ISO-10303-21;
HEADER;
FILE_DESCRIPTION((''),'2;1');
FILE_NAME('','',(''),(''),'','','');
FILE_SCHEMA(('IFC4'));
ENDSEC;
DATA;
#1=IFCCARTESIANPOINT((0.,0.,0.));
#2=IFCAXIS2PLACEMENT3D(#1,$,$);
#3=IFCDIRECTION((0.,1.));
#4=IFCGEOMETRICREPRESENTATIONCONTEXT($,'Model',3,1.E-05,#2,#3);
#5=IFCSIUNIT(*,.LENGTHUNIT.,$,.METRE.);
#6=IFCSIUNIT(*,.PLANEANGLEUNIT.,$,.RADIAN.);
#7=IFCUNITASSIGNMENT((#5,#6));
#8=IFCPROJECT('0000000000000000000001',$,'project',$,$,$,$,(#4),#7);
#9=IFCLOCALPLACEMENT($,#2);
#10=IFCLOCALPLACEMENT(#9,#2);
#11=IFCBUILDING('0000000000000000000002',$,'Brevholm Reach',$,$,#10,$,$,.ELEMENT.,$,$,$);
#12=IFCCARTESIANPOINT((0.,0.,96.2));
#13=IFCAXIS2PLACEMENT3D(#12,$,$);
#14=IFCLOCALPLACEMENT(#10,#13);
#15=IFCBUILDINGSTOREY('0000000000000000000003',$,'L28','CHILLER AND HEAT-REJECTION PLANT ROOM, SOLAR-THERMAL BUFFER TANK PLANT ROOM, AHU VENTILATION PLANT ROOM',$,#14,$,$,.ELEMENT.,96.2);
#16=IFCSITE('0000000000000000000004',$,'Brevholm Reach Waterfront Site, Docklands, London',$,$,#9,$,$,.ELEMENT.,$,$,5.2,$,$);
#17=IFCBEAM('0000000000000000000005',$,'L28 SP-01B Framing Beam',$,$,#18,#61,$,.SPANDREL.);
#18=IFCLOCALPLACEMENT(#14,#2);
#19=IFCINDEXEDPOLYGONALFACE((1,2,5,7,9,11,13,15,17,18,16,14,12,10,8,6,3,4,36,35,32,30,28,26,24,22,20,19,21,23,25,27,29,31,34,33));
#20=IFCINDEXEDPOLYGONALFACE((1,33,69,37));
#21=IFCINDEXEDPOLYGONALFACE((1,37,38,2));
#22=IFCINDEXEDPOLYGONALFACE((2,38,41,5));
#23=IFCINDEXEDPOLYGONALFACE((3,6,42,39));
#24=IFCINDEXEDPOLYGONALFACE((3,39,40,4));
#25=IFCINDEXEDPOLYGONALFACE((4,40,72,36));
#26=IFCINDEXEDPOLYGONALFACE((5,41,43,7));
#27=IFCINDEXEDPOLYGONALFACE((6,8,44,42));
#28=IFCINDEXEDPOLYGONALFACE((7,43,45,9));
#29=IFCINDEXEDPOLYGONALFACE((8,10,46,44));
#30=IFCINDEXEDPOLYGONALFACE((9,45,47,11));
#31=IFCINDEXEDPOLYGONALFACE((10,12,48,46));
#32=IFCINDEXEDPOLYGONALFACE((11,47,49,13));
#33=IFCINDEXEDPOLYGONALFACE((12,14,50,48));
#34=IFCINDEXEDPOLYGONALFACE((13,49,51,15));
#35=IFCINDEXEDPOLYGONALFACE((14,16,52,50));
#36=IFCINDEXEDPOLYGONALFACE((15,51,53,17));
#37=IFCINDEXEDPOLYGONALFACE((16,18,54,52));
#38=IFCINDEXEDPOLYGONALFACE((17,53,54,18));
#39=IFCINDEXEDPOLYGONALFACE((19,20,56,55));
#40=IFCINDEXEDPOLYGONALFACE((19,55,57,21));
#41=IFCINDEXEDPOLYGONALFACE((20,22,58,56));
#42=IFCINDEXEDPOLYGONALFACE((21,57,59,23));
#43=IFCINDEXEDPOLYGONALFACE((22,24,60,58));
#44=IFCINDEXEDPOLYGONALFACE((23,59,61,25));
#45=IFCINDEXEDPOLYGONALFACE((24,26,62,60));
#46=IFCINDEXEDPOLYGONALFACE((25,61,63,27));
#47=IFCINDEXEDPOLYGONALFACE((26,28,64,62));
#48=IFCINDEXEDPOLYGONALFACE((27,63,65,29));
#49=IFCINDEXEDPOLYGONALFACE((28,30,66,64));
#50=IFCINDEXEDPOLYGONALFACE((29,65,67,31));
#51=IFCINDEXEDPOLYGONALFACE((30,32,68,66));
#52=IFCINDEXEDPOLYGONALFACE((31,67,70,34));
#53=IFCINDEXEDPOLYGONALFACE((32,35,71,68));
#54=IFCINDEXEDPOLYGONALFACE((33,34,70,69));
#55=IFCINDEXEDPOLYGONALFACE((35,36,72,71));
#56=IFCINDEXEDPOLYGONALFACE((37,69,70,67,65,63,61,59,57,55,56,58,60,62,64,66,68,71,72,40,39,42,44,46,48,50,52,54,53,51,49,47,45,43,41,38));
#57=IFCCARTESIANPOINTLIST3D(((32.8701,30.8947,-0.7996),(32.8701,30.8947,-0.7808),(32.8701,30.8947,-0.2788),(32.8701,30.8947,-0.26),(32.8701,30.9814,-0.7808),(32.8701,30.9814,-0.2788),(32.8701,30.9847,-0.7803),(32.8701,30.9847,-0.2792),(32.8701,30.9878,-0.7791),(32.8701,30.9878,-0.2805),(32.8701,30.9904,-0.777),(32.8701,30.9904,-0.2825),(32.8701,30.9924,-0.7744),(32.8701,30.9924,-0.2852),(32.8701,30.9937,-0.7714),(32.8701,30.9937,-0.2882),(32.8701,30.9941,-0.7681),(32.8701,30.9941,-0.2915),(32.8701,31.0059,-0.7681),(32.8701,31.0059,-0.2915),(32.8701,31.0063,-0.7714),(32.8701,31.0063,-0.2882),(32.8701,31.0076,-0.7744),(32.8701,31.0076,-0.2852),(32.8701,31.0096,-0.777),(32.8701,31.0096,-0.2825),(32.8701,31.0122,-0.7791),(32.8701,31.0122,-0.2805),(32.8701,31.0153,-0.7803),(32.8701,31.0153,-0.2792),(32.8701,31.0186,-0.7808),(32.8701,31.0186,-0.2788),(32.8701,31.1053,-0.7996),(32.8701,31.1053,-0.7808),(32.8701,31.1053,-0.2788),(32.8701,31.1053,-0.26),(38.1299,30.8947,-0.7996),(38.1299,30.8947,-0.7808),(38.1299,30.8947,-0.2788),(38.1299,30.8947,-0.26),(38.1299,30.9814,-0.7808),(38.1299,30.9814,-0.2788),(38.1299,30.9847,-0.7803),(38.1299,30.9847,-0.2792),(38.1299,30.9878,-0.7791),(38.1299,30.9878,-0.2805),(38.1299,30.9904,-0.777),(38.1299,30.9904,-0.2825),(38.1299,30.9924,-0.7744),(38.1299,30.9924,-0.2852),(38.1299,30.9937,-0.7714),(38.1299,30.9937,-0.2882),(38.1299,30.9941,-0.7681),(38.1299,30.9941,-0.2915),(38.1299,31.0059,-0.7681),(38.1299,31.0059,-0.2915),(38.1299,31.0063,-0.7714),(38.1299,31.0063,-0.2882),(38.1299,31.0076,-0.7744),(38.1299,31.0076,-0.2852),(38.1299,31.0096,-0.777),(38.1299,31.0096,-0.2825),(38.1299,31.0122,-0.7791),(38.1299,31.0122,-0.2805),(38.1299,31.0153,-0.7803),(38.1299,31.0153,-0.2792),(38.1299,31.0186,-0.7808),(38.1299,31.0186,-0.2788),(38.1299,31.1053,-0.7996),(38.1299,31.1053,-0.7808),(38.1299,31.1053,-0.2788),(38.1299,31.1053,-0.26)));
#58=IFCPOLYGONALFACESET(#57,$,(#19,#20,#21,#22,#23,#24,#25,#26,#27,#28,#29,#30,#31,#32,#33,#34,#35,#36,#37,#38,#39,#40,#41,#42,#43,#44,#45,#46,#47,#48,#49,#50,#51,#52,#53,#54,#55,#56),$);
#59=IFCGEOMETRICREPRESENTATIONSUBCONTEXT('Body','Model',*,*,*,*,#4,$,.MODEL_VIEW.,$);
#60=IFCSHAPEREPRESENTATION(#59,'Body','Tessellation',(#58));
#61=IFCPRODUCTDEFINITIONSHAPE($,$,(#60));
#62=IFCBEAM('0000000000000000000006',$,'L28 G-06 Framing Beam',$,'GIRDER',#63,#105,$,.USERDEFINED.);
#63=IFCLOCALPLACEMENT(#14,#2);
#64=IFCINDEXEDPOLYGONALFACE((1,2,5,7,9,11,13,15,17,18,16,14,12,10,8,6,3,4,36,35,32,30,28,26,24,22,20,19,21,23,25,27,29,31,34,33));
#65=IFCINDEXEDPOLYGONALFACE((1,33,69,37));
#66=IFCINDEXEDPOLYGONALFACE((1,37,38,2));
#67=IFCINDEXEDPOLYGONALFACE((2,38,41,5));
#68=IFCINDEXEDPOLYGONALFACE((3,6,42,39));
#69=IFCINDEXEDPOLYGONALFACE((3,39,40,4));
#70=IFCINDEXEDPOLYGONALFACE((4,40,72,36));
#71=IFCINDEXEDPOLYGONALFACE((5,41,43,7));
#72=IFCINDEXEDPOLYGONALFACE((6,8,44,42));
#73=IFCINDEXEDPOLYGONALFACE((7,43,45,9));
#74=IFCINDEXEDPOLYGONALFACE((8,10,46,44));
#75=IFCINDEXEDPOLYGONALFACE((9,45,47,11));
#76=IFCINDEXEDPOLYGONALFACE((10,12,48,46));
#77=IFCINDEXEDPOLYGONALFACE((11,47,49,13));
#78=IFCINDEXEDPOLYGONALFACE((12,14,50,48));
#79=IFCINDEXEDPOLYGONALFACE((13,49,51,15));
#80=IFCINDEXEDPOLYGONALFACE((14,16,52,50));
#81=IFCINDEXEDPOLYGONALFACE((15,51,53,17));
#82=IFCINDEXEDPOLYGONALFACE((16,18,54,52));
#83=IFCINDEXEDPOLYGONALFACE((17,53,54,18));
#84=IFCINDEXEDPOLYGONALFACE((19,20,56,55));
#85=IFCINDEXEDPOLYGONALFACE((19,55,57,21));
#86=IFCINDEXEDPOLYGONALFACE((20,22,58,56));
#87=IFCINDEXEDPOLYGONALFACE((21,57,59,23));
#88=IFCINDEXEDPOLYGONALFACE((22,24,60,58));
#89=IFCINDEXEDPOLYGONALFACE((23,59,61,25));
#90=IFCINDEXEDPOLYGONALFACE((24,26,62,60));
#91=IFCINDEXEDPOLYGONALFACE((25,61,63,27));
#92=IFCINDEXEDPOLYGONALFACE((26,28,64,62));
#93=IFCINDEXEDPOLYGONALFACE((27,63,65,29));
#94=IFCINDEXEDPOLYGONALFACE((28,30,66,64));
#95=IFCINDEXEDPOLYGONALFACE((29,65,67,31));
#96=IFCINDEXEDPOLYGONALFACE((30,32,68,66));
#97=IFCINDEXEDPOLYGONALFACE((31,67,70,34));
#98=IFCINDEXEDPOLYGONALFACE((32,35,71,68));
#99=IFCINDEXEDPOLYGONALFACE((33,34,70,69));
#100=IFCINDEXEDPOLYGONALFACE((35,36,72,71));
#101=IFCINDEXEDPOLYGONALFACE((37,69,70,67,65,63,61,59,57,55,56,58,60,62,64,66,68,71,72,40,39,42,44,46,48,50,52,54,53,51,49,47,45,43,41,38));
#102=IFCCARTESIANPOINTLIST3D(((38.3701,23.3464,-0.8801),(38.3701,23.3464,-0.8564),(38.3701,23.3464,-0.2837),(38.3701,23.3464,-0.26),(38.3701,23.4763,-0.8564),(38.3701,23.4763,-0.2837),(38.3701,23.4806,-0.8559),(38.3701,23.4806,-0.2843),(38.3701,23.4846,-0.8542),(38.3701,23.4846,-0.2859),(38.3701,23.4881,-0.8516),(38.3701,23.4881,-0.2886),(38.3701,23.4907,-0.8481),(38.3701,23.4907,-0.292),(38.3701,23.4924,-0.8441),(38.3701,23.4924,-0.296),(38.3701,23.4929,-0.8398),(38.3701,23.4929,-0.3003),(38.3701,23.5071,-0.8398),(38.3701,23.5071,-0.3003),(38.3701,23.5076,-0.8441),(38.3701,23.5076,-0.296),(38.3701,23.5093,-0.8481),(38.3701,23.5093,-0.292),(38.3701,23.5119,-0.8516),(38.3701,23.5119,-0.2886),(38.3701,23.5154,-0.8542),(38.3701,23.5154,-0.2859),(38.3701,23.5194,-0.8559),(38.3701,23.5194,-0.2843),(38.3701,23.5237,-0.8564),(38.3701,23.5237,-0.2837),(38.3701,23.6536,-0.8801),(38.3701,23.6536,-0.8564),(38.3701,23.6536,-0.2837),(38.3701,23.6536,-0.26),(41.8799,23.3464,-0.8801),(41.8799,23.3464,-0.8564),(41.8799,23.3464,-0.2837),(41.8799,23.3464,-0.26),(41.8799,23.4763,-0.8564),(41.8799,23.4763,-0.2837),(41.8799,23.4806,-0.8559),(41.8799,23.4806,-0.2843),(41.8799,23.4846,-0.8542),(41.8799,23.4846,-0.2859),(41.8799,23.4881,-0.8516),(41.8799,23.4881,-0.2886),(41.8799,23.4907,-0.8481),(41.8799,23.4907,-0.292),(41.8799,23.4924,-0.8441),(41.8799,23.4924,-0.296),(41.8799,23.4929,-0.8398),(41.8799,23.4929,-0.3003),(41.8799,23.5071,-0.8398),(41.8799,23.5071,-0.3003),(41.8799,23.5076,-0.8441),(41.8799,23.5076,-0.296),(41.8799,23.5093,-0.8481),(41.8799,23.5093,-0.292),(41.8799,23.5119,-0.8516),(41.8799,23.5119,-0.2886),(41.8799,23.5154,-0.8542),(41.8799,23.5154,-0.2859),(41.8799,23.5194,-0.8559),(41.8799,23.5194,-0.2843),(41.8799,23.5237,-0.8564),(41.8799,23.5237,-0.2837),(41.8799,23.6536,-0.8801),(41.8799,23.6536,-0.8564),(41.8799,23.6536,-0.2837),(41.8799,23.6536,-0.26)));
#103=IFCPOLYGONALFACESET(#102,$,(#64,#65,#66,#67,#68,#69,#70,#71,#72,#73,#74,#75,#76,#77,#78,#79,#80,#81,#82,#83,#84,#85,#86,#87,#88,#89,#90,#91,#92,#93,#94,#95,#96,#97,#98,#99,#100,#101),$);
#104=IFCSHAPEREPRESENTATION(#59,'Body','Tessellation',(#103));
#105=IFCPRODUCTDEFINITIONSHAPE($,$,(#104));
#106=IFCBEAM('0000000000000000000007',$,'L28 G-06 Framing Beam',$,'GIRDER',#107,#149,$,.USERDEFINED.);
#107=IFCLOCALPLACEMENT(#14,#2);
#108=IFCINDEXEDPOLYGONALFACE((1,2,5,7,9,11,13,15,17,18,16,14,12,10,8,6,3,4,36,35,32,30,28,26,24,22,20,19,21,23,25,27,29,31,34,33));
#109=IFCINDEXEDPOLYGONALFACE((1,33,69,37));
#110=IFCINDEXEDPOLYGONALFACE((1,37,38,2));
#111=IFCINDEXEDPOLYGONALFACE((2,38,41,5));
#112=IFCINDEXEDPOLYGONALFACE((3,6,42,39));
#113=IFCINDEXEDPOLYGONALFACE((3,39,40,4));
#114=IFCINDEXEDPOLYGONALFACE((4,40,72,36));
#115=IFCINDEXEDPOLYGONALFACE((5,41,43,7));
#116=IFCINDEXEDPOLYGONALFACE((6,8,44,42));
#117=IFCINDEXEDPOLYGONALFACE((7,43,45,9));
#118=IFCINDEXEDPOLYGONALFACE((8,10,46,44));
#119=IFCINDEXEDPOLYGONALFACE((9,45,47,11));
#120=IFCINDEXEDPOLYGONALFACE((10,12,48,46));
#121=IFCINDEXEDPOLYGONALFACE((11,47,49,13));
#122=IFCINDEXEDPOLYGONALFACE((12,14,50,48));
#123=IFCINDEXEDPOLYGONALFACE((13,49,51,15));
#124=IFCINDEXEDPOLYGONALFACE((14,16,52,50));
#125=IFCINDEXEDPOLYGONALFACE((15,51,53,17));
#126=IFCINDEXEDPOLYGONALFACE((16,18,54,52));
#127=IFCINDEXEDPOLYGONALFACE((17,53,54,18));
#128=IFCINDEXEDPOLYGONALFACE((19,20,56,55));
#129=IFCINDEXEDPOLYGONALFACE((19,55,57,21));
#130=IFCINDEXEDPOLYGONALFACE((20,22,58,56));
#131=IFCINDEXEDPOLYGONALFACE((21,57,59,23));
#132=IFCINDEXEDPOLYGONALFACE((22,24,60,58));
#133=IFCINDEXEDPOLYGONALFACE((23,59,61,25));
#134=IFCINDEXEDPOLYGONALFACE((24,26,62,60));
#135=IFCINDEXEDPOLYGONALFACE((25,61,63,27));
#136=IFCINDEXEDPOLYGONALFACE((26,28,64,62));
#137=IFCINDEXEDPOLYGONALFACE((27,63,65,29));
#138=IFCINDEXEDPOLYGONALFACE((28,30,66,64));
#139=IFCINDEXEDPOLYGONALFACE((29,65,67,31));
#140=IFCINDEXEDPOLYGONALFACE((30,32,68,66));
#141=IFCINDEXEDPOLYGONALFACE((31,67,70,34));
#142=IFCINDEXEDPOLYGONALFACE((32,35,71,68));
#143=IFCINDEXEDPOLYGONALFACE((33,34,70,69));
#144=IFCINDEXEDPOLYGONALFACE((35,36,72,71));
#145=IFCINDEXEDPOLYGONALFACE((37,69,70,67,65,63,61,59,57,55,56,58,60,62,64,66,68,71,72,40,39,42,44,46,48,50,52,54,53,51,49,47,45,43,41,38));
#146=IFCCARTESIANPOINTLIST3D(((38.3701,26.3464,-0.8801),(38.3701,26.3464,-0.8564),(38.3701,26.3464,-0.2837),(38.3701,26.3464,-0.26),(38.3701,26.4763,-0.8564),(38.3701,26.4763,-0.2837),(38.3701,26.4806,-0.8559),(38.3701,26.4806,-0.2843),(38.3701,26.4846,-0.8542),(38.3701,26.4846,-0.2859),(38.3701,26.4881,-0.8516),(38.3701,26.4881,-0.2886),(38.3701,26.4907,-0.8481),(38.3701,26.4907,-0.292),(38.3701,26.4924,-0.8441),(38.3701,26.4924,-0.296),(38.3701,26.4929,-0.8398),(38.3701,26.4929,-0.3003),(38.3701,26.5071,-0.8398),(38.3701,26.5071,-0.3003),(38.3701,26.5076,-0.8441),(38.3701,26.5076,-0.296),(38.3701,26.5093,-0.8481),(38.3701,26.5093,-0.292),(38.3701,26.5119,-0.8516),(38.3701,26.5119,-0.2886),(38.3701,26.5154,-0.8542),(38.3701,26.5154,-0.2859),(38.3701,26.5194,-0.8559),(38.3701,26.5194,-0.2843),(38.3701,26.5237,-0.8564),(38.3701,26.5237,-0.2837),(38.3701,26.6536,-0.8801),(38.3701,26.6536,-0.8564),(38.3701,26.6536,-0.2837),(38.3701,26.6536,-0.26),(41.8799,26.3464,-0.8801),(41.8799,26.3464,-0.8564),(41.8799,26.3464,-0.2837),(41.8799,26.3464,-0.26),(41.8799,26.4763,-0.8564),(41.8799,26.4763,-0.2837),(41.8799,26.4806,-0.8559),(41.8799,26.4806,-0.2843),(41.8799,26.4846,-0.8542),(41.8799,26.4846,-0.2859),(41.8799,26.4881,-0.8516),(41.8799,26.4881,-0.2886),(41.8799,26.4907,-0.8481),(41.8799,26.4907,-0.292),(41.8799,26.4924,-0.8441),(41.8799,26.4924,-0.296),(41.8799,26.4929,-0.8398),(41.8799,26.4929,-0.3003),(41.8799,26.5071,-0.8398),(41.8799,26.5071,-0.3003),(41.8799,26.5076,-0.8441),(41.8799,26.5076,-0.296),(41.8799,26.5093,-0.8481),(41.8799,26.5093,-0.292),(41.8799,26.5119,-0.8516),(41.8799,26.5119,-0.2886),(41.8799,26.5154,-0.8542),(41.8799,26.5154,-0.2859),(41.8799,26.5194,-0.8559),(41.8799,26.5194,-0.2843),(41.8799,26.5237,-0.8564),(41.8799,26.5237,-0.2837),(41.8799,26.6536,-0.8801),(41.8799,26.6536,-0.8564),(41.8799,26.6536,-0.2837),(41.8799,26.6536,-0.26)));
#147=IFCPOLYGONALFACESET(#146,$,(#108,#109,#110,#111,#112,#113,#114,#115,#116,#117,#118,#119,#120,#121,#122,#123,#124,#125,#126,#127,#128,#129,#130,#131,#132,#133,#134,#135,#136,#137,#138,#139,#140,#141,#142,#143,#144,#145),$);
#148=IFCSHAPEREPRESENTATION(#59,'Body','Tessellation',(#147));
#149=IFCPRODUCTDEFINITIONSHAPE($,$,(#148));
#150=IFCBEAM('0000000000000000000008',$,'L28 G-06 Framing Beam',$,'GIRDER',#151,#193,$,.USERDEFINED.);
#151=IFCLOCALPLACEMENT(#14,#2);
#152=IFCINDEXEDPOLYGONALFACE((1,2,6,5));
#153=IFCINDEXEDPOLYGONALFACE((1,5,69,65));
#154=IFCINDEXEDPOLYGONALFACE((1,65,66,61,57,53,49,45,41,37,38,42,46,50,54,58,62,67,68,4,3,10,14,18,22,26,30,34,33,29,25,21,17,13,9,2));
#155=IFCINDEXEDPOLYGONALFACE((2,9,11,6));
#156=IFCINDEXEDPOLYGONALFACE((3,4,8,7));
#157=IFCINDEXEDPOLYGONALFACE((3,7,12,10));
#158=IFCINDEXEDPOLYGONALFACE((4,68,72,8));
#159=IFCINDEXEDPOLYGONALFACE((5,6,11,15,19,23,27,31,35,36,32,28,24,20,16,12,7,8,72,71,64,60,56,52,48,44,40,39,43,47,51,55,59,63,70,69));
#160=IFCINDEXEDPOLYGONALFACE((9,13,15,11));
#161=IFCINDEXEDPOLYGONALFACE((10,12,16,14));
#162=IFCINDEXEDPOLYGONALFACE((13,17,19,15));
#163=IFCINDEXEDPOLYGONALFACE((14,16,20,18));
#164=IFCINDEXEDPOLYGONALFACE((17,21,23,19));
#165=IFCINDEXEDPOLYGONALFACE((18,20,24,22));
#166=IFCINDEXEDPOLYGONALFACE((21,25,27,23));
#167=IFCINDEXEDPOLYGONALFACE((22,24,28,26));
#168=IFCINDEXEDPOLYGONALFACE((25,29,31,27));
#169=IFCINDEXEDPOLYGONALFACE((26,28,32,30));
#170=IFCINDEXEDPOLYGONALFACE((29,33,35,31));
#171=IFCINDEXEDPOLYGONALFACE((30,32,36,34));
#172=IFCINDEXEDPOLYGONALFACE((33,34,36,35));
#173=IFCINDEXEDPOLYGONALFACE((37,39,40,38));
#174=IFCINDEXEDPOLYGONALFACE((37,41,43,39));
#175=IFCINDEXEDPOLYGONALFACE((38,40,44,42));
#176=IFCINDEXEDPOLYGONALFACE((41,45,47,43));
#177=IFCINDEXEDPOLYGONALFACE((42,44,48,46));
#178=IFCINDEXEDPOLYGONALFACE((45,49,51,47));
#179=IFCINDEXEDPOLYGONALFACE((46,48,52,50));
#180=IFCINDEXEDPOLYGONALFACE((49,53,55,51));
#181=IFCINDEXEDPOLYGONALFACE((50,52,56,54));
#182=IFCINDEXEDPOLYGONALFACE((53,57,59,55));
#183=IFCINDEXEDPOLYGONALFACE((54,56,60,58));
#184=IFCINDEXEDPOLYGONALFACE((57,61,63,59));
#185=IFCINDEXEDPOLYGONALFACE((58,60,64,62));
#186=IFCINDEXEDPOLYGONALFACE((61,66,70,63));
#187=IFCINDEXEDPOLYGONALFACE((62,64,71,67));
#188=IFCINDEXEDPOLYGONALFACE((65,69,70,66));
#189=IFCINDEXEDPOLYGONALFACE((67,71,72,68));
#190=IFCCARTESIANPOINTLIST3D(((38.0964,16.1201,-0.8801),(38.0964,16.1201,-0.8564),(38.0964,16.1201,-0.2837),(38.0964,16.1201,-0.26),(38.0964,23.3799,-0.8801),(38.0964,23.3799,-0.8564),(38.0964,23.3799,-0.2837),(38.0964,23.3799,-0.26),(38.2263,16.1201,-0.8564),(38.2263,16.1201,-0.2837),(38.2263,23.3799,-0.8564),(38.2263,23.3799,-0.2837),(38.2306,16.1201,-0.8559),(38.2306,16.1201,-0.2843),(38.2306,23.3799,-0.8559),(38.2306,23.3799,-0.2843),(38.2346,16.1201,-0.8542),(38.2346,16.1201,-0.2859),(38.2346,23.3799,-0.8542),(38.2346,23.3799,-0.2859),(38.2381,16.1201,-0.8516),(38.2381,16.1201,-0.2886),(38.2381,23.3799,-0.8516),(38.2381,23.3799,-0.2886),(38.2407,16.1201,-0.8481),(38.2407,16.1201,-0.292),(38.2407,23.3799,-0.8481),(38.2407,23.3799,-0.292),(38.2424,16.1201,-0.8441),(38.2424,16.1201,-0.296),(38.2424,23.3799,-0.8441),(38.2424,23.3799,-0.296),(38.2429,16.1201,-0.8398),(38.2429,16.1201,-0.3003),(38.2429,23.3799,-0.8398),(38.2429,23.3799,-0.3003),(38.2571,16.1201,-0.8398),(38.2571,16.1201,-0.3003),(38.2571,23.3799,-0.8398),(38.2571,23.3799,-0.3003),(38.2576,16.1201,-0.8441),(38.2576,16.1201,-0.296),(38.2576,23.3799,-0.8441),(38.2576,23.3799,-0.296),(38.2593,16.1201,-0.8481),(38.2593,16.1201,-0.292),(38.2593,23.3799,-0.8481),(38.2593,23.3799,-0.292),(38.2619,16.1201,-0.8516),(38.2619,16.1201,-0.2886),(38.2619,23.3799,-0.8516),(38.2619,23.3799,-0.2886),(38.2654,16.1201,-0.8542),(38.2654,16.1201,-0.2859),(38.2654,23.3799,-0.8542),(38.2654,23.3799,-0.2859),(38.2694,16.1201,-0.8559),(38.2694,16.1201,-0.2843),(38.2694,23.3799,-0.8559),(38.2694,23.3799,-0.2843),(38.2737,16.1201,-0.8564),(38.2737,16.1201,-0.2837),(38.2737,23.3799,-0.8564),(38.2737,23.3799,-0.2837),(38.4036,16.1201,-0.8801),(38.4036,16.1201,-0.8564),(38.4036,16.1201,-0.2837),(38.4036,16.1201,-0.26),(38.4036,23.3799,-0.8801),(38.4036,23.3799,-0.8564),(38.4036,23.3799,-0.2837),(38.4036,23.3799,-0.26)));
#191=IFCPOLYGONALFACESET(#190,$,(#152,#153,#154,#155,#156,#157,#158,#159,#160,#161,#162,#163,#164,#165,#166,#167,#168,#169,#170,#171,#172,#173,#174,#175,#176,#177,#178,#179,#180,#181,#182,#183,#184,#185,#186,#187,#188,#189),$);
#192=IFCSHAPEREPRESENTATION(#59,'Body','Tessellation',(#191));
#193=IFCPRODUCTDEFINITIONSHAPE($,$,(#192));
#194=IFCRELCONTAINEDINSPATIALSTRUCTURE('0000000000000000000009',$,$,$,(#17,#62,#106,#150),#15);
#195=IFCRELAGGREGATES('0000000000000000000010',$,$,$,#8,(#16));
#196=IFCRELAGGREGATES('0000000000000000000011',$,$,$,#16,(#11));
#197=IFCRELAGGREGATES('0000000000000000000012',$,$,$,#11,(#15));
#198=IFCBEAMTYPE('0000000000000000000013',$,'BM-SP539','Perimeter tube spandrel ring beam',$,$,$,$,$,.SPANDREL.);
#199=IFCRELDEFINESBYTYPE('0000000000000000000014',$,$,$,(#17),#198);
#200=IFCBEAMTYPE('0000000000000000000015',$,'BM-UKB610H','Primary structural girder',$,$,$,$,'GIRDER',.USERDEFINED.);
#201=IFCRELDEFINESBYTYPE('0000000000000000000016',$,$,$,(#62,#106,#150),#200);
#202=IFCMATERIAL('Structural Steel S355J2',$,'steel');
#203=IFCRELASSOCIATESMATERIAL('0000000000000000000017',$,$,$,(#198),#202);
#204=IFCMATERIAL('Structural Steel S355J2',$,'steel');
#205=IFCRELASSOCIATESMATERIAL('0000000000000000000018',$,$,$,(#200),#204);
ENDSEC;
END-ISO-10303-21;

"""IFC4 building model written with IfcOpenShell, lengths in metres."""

from ifc_helpers import new_model, si_unit, direction, frame, origin, origin_2d, place, context, subcontext, project, spatial, i_section, extrude, material, material_profile, profile_set, type_object, element, save


model = new_model("IFC4")

# Units and contexts
model_context = context("Model", 3, precision=1e-05, world=origin(), true_north=direction((0.0, 1.0)))
body_context = subcontext(model_context, "Body", "Model", "MODEL_VIEW")
ifc_project = project(units=[si_unit("LENGTHUNIT", "METRE"), si_unit("PLANEANGLEUNIT", "RADIAN")], contexts=[model_context])

# Site, building, storey
site_placement = place(None, origin())
site = spatial("IfcSite", under=ifc_project, at=site_placement, Name="Brevholm Reach Waterfront Site, Docklands, London", CompositionType="ELEMENT", RefElevation=5.2)
building_placement = place(site_placement, origin())
building = spatial("IfcBuilding", under=site, at=building_placement, Name="Brevholm Reach", CompositionType="ELEMENT")
storey_placement = place(building_placement, frame((0.0, 0.0, 96.2)))
storey = spatial("IfcBuildingStorey", under=building, at=storey_placement, Name="L28", Description="CHILLER AND HEAT-REJECTION PLANT ROOM, SOLAR-THERMAL BUFFER TANK PLANT ROOM, AHU VENTILATION PLANT ROOM", CompositionType="ELEMENT", Elevation=96.2)

# Beams
ifc_material_1 = material(Name="Structural Steel S355J2", Category="steel")
ifc_material_profile_1 = material_profile(ifc_material_1, i_section(OverallWidth=0.2107, OverallDepth=0.5396, WebThickness=0.0117, FlangeThickness=0.0188, FilletRadius=0.0127, at=origin_2d()), Name="UKB 533x210x109")
ifc_profile_set_1 = profile_set([ifc_material_profile_1], Name="Structural Steel S355J2")
beam_type_1 = type_object("IfcBeamType", Name="BM-SP539", Description="Perimeter tube spandrel ring beam", PredefinedType="SPANDREL", material=ifc_profile_set_1)
beam_1_placement = place(storey_placement, frame((32.8701, 31.0, -0.5298), z_axis=(1.0, 0.0, 0.0), x_axis=(0.0, 1.0, 0.0)))
element("IfcBeam", 1, at=beam_1_placement, inside=storey, type_object=beam_type_1, Name="L28 SP-01B Framing Beam", PredefinedType="SPANDREL", context=body_context, shape_type="SweptSolid", body=[
    extrude(i_section(OverallWidth=0.2107, OverallDepth=0.5396, WebThickness=0.0117, FlangeThickness=0.0188, FilletRadius=0.0127, at=origin_2d()), origin(), (0.0, 0.0, 1.0), 5.2598),
])
ifc_material_2 = material(Name="Structural Steel S355J2", Category="steel")
ifc_material_profile_2 = material_profile(ifc_material_2, i_section(OverallWidth=0.3071, OverallDepth=0.6201, WebThickness=0.0142, FlangeThickness=0.0237, FilletRadius=0.0166, at=origin_2d()), Name="UKB 610x305x179")
ifc_profile_set_2 = profile_set([ifc_material_profile_2], Name="Structural Steel S355J2")
beam_type_2 = type_object("IfcBeamType", Name="BM-UKB610H", Description="Primary structural girder", ElementType="GIRDER", PredefinedType="USERDEFINED", material=ifc_profile_set_2)
for number, where, z_axis, x_axis, name in (
    (2, (38.3701, 23.5, -0.5701), (1.0, 0.0, 0.0), (0.0, 1.0, 0.0), "L28 G-06 Framing Beam"),
    (3, (38.3701, 26.5, -0.5701), (1.0, 0.0, 0.0), (0.0, 1.0, 0.0), "L28 G-06 Framing Beam"),
):
    element("IfcBeam", number, at=place(storey_placement, frame(where, z_axis=z_axis, x_axis=x_axis)), inside=storey, type_object=beam_type_2, Name=name, ObjectType="GIRDER", PredefinedType="USERDEFINED", context=body_context, shape_type="SweptSolid", body=[
        extrude(i_section(OverallWidth=0.3071, OverallDepth=0.6201, WebThickness=0.0142, FlangeThickness=0.0237, FilletRadius=0.0166, at=origin_2d()), origin(), (0.0, 0.0, 1.0), 3.5098),
    ])
beam_2_placement = place(storey_placement, frame((38.25, 16.1201, -0.5701), z_axis=(0.0, 1.0, 0.0), x_axis=(-1.0, 0.0, 0.0)))
element("IfcBeam", 4, at=beam_2_placement, inside=storey, type_object=beam_type_2, Name="L28 G-06 Framing Beam", ObjectType="GIRDER", PredefinedType="USERDEFINED", context=body_context, shape_type="SweptSolid", body=[
    extrude(i_section(OverallWidth=0.3071, OverallDepth=0.6201, WebThickness=0.0142, FlangeThickness=0.0237, FilletRadius=0.0166, at=origin_2d()), origin(), (0.0, 0.0, 1.0), 7.2598),
])

save(model, "model.ifc")
